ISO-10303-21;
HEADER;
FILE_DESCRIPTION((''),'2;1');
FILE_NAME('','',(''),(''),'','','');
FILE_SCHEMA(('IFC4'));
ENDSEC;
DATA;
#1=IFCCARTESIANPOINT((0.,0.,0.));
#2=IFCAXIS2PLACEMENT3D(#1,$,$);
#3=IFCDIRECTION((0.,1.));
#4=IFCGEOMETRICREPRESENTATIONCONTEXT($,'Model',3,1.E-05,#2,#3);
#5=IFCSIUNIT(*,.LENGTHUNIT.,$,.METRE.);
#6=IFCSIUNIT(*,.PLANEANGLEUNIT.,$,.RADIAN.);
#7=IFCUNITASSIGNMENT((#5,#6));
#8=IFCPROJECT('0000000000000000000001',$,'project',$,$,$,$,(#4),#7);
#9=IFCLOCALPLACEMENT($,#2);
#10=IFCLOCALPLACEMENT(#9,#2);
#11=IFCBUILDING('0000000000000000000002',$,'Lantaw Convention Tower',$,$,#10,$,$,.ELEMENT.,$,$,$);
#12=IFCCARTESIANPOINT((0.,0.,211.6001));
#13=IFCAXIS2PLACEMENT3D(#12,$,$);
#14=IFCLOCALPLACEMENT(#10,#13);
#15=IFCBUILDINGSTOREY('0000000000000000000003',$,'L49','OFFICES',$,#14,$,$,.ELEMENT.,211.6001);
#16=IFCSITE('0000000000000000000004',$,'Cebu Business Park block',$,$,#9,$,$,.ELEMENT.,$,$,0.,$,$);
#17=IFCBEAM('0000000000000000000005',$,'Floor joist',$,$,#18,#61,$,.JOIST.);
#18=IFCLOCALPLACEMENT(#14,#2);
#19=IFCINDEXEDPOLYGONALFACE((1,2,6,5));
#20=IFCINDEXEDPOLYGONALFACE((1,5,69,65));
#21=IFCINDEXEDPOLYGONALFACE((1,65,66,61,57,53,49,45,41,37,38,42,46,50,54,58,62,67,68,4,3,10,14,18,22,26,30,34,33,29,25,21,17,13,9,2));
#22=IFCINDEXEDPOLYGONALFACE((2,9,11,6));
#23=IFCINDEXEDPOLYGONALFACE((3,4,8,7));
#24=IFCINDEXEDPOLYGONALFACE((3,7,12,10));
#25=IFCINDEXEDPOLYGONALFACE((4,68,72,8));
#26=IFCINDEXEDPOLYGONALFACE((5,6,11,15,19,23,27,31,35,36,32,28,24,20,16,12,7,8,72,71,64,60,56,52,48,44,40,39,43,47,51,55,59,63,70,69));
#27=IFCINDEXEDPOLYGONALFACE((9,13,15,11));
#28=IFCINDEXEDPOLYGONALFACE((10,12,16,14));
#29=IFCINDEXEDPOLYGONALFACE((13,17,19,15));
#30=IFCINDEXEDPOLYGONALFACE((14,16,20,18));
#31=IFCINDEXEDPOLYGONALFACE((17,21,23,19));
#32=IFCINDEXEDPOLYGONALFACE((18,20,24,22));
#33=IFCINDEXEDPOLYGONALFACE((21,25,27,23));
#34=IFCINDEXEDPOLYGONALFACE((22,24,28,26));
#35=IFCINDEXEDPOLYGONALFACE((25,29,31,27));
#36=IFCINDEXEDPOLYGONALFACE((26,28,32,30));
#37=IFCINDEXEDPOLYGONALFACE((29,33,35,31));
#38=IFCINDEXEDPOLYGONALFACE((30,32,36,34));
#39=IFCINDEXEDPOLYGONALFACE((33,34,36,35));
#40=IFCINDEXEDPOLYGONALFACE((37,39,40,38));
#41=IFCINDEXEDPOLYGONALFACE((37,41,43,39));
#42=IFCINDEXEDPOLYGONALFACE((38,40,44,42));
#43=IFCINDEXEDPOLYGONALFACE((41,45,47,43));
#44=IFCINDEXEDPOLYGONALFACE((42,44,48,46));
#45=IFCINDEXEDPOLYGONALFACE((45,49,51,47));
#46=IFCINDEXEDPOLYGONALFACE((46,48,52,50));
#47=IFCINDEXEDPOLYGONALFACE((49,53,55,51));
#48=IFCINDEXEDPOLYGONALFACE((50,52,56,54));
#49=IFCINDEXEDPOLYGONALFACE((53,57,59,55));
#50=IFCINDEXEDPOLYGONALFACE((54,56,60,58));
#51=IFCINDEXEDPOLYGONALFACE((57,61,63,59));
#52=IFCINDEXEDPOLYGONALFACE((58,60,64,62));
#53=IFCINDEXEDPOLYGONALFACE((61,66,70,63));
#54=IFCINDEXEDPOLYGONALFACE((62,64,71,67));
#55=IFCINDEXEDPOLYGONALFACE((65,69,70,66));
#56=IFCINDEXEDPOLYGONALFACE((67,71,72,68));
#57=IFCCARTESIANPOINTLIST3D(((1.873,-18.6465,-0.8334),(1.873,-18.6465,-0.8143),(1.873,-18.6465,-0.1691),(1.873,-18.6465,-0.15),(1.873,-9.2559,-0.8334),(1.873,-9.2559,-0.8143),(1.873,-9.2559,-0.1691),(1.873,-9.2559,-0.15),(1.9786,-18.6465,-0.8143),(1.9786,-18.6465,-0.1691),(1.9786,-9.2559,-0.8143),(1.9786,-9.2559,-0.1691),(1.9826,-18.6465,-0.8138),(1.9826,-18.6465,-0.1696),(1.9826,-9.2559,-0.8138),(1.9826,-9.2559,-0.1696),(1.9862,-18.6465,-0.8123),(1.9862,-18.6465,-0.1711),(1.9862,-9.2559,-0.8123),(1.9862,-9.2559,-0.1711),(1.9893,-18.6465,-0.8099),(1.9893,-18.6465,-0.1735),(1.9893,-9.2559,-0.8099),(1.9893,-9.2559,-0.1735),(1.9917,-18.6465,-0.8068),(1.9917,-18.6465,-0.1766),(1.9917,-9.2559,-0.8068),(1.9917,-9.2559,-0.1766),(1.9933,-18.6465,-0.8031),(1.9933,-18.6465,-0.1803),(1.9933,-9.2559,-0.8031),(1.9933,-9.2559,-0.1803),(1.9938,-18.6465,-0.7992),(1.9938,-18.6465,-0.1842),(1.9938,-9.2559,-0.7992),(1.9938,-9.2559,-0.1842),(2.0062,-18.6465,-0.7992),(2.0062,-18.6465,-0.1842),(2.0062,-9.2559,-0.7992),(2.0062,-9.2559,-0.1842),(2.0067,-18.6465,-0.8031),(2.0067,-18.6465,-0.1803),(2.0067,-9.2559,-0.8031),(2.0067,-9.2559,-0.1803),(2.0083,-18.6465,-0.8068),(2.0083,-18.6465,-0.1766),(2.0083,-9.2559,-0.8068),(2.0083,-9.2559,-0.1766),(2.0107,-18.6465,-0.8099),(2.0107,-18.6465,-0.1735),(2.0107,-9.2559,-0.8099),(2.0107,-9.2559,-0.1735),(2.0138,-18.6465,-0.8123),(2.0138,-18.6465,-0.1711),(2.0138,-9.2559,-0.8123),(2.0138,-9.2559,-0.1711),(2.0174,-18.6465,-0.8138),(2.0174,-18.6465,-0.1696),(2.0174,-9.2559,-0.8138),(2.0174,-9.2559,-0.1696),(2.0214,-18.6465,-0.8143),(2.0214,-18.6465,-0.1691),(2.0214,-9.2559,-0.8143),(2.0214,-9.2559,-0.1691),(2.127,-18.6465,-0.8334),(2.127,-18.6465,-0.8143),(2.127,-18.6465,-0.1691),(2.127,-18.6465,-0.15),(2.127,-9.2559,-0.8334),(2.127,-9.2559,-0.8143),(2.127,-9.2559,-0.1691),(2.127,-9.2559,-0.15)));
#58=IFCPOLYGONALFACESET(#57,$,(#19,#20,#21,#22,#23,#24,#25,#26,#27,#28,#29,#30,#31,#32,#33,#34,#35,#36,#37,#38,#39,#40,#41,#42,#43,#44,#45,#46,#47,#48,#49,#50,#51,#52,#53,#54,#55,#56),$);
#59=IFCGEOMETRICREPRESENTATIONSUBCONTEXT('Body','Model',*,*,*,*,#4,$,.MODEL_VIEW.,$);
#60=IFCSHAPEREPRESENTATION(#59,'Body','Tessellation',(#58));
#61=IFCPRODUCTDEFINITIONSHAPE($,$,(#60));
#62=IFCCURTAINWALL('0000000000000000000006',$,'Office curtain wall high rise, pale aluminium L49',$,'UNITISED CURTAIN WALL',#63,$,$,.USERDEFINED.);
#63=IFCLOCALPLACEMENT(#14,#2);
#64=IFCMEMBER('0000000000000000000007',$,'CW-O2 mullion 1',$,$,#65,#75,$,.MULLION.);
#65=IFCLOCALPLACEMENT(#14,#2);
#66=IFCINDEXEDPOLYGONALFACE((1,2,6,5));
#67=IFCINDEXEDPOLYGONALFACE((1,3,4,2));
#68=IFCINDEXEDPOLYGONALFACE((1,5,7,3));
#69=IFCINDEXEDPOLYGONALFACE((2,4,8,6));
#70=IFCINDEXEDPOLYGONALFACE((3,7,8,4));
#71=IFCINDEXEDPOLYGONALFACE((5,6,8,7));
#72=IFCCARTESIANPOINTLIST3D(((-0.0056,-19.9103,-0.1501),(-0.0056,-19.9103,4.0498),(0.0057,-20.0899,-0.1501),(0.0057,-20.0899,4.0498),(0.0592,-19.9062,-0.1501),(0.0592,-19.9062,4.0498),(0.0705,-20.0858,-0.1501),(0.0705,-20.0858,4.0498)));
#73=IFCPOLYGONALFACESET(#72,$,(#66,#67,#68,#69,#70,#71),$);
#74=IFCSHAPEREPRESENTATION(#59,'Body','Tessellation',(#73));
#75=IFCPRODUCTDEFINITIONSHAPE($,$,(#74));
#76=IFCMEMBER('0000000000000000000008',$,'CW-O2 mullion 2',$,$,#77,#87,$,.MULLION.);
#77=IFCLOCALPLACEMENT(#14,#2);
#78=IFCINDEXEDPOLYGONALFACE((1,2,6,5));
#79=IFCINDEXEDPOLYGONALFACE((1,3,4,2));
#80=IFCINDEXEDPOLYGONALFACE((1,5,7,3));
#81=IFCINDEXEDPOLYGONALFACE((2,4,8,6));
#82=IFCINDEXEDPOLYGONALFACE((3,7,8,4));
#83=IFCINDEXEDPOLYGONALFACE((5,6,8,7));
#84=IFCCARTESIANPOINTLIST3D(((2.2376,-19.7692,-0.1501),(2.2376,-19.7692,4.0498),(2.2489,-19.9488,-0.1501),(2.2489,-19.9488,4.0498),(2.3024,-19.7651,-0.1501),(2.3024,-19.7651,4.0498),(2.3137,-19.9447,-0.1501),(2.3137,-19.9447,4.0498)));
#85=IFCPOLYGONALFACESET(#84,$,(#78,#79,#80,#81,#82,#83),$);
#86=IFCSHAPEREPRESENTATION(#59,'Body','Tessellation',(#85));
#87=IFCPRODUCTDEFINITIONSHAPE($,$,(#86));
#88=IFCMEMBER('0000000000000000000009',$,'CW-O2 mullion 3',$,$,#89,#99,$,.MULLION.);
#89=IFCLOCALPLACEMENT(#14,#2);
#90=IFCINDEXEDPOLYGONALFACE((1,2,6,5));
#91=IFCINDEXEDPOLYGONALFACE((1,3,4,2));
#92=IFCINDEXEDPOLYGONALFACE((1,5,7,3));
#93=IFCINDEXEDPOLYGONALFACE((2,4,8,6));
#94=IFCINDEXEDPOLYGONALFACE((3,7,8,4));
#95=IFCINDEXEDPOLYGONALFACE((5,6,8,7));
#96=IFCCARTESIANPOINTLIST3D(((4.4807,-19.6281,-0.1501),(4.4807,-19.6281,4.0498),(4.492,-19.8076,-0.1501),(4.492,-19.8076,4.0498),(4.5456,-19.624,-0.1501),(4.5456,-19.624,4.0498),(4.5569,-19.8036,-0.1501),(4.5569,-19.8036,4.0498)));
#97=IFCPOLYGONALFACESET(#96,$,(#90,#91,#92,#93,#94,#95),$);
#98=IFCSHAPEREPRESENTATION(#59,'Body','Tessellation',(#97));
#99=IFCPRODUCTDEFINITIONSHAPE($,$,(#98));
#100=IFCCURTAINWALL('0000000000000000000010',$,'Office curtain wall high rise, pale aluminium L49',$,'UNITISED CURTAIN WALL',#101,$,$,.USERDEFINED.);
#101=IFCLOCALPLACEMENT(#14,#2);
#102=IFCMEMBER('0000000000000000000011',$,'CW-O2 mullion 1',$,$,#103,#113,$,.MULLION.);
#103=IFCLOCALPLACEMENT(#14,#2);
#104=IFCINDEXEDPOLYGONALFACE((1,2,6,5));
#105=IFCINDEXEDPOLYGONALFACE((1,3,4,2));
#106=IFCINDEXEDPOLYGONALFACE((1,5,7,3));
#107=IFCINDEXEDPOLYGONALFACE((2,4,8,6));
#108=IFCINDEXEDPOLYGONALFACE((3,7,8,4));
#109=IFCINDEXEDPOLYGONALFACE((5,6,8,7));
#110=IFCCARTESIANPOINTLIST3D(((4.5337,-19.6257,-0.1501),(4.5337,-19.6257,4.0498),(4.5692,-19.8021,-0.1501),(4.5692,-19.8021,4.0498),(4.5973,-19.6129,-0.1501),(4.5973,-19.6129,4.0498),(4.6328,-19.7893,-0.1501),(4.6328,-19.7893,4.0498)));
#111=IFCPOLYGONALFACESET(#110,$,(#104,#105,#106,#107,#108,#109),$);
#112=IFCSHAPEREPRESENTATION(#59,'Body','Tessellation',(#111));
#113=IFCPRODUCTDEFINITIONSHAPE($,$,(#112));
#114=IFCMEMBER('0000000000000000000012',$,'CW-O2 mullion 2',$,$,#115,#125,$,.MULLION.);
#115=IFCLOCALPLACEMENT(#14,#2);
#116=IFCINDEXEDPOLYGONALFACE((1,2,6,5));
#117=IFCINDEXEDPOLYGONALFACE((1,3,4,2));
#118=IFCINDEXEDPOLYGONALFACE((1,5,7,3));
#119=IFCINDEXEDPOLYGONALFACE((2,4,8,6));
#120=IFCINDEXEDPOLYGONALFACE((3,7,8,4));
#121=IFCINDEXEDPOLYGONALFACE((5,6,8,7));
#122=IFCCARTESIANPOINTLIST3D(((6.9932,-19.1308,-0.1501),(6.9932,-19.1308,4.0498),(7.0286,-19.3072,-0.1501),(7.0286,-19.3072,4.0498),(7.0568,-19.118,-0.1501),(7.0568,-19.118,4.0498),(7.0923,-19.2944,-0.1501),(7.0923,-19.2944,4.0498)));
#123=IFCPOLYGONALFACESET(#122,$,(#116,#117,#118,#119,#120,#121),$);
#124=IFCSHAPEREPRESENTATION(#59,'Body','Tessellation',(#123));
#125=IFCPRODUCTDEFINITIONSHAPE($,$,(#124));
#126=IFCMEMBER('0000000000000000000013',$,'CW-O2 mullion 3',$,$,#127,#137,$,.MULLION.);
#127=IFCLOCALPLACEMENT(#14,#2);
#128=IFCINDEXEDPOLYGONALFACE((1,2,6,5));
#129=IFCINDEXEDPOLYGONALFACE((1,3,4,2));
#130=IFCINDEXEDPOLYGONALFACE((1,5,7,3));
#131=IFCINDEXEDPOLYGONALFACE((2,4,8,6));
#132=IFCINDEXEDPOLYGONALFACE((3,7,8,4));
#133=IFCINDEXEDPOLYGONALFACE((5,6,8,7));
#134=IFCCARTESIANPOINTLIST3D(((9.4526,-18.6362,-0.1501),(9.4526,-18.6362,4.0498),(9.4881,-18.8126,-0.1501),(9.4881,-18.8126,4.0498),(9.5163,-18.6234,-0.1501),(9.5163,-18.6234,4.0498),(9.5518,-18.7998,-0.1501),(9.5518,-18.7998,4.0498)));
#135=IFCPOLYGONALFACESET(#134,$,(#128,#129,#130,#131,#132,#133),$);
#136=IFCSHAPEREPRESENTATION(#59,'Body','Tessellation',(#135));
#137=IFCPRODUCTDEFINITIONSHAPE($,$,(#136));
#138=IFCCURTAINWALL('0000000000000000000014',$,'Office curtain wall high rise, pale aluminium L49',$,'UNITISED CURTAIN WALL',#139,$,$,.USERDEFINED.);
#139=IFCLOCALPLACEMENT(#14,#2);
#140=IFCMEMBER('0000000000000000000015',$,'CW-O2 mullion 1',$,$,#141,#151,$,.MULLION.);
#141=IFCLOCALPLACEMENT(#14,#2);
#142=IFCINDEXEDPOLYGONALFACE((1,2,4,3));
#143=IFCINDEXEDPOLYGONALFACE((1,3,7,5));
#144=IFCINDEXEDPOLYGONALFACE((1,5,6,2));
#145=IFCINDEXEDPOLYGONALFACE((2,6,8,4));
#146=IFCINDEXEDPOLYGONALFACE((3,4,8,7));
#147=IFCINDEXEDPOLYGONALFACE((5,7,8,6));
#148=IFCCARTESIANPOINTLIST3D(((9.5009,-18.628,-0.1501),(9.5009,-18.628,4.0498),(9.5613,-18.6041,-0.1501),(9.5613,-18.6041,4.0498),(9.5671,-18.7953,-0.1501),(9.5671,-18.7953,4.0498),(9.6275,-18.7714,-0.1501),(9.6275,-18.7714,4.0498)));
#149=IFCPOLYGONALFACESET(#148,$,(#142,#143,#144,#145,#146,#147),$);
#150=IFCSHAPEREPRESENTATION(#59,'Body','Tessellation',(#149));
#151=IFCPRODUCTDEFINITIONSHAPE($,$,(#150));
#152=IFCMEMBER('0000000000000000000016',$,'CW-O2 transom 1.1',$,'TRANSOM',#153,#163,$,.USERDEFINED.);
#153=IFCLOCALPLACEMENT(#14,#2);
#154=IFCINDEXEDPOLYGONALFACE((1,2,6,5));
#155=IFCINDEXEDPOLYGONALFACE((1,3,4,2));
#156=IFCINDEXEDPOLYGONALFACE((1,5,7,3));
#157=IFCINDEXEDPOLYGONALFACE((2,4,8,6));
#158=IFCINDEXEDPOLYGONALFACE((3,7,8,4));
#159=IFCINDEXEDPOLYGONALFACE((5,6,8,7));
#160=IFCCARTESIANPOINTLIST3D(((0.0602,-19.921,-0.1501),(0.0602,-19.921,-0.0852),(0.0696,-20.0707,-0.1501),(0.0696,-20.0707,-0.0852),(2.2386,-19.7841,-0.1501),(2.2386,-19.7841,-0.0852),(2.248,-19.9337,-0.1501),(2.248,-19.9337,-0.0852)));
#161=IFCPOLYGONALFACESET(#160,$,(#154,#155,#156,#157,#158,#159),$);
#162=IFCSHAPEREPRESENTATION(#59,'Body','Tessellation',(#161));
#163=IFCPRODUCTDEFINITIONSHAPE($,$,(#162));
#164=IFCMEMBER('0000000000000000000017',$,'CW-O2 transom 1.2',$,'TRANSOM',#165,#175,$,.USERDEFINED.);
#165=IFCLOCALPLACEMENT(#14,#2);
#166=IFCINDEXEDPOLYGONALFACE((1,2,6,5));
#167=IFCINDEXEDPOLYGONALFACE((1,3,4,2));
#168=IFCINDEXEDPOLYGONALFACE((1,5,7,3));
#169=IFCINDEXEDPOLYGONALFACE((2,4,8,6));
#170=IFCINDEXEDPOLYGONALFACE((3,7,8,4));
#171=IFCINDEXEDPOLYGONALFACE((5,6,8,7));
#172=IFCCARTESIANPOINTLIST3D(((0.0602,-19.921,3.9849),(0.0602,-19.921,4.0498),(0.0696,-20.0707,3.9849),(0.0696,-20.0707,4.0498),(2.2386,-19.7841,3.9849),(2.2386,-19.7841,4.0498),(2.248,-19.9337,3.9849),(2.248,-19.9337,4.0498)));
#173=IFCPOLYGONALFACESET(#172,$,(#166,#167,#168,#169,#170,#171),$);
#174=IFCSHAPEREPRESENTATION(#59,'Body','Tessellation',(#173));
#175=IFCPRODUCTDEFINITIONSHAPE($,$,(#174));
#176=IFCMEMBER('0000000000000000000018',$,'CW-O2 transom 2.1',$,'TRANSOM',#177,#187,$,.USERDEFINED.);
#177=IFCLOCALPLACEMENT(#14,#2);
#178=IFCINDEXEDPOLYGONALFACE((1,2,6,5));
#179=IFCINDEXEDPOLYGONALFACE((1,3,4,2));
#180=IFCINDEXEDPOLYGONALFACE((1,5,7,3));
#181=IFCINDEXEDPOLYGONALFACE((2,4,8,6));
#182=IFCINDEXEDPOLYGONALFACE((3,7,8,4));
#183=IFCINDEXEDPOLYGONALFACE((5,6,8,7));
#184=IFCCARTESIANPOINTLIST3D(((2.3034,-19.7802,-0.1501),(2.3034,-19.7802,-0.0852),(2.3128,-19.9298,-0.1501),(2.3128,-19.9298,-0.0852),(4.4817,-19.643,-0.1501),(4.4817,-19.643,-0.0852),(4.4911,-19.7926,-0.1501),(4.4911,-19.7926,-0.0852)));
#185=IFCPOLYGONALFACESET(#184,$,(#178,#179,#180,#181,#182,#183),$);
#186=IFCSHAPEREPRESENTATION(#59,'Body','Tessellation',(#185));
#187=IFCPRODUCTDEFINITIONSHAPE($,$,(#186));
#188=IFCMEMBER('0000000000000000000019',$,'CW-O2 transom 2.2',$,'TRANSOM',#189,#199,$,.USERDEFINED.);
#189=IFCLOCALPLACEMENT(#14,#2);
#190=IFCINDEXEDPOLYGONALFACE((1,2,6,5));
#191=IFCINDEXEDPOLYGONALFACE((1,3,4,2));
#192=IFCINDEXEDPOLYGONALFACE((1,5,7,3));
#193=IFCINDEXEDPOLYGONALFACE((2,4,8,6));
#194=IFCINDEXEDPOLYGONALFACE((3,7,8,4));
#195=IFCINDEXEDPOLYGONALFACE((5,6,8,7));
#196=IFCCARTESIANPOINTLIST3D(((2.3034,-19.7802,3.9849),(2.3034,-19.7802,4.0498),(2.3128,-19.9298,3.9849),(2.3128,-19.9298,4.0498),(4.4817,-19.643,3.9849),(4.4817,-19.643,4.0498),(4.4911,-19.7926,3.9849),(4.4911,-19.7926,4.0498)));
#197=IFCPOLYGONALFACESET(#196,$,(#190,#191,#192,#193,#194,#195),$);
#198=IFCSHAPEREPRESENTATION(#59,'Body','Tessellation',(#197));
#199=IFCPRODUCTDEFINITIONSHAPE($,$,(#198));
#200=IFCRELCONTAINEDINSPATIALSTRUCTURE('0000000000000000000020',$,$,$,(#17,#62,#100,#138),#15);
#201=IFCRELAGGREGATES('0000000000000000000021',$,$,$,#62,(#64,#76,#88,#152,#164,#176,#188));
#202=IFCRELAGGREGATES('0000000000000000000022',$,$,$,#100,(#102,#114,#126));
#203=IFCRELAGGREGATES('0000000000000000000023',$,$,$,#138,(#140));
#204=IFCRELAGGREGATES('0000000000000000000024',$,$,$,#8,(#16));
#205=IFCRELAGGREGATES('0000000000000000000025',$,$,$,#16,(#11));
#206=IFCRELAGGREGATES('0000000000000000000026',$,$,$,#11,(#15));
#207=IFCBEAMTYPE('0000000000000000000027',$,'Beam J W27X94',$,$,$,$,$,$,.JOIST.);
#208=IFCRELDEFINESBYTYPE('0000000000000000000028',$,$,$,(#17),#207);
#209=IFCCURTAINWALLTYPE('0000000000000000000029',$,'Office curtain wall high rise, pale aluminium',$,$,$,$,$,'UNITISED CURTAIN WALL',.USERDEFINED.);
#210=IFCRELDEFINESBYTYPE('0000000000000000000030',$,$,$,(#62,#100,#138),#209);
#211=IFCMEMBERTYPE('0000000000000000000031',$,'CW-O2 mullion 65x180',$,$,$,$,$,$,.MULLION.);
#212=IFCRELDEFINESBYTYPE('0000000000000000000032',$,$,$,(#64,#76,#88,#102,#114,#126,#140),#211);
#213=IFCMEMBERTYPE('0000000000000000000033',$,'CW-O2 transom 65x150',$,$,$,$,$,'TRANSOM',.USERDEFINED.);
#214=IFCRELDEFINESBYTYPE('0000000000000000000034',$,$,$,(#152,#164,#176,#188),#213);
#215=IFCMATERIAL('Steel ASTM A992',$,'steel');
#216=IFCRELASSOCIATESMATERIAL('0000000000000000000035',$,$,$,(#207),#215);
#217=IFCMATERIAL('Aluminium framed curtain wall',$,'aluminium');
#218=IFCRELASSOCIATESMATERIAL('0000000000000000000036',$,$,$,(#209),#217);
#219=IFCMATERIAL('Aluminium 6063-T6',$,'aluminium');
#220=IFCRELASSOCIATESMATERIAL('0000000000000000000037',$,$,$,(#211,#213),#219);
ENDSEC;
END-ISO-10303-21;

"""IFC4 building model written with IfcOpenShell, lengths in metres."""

from ifc_helpers import new_model, si_unit, direction, frame, origin, origin_2d, place, context, subcontext, project, spatial, rectangle, i_section, extrude, material, material_profile, profile_set, type_object, element, aggregate, save


model = new_model("IFC4")

# Units and contexts
model_context = context("Model", 3, precision=1e-05, world=origin(), true_north=direction((0.0, 1.0)))
body_context = subcontext(model_context, "Body", "Model", "MODEL_VIEW")
ifc_project = project(units=[si_unit("LENGTHUNIT", "METRE"), si_unit("PLANEANGLEUNIT", "RADIAN")], contexts=[model_context])

# Site, building, storey
site_placement = place(None, origin())
site = spatial("IfcSite", under=ifc_project, at=site_placement, Name="Cebu Business Park block", CompositionType="ELEMENT", RefElevation=0.0)
building_placement = place(site_placement, origin())
building = spatial("IfcBuilding", under=site, at=building_placement, Name="Lantaw Convention Tower", CompositionType="ELEMENT")
storey_placement = place(building_placement, frame((0.0, 0.0, 211.6001)))
storey = spatial("IfcBuildingStorey", under=building, at=storey_placement, Name="L49", Description="OFFICES", CompositionType="ELEMENT", Elevation=211.6001)

# Beam
ifc_material_1 = material(Name="Steel ASTM A992", Category="steel")
ifc_material_profile_1 = material_profile(ifc_material_1, i_section(OverallWidth=0.2539, OverallDepth=0.6833, WebThickness=0.0125, FlangeThickness=0.019, FilletRadius=0.0151, at=origin_2d()), Name="W27X94")
ifc_profile_set_1 = profile_set([ifc_material_profile_1], Name="Steel ASTM A992")
beam_type_1 = type_object("IfcBeamType", Name="Beam J W27X94", PredefinedType="JOIST", material=ifc_profile_set_1)
beam_1_placement = place(storey_placement, frame((2.0, -18.6465, -0.4917), z_axis=(0.0, 1.0, 0.0), x_axis=(-1.0, 0.0, 0.0)))
element("IfcBeam", 1, at=beam_1_placement, inside=storey, type_object=beam_type_1, Name="Floor joist", PredefinedType="JOIST", context=body_context, shape_type="SweptSolid", body=[
    extrude(i_section(OverallWidth=0.2539, OverallDepth=0.6833, WebThickness=0.0125, FlangeThickness=0.019, FilletRadius=0.0151, at=origin_2d()), origin(), (0.0, 0.0, 1.0), 9.3906),
])

# Curtain walls, members
ifc_material_2 = material(Name="Aluminium framed curtain wall", Category="aluminium")
curtain_wall_type = type_object("IfcCurtainWallType", Name="Office curtain wall high rise, pale aluminium", ElementType="UNITISED CURTAIN WALL", PredefinedType="USERDEFINED", material=ifc_material_2)
curtain_wall_1_placement = place(storey_placement, origin())
curtain_wall_1 = element("IfcCurtainWall", 2, at=curtain_wall_1_placement, inside=storey, type_object=curtain_wall_type, Name="Office curtain wall high rise, pale aluminium L49", ObjectType="UNITISED CURTAIN WALL", PredefinedType="USERDEFINED")
ifc_material_3 = material(Name="Aluminium 6063-T6", Category="aluminium")
ifc_material_profile_2 = material_profile(ifc_material_3, rectangle(XDim=0.1799, YDim=0.0649, at=origin_2d()), Name="CW-O2 mullion 65x180")
ifc_profile_set_2 = profile_set([ifc_material_profile_2], Name="Aluminium 6063-T6")
member_type_1 = type_object("IfcMemberType", Name="CW-O2 mullion 65x180", PredefinedType="MULLION", material=ifc_profile_set_2)
member_1_placement = place(storey_placement, frame((0.0325, -19.998, -0.1501), z_axis=(0.0, 0.0, 1.0), x_axis=(-0.062758, 0.998029, 0.0)))
member_1 = element("IfcMember", 3, at=member_1_placement, type_object=member_type_1, Name="CW-O2 mullion 1", PredefinedType="MULLION", context=body_context, shape_type="SweptSolid", body=[
    extrude(rectangle(XDim=0.1799, YDim=0.0649, at=origin_2d()), origin(), (0.0, 0.0, 1.0), 4.2),
])
member_2_placement = place(storey_placement, frame((2.2756, -19.8569, -0.1501), z_axis=(0.0, 0.0, 1.0), x_axis=(-0.062758, 0.998029, 0.0)))
member_2 = element("IfcMember", 4, at=member_2_placement, type_object=member_type_1, Name="CW-O2 mullion 2", PredefinedType="MULLION", context=body_context, shape_type="SweptSolid", body=[
    extrude(rectangle(XDim=0.1799, YDim=0.0649, at=origin_2d()), origin(), (0.0, 0.0, 1.0), 4.2),
])
member_3_placement = place(storey_placement, frame((4.5188, -19.7158, -0.1501), z_axis=(0.0, 0.0, 1.0), x_axis=(-0.062758, 0.998029, 0.0)))
member_3 = element("IfcMember", 5, at=member_3_placement, type_object=member_type_1, Name="CW-O2 mullion 3", PredefinedType="MULLION", context=body_context, shape_type="SweptSolid", body=[
    extrude(rectangle(XDim=0.1799, YDim=0.0649, at=origin_2d()), origin(), (0.0, 0.0, 1.0), 4.2),
])
curtain_wall_2_placement = place(storey_placement, origin())
curtain_wall_2 = element("IfcCurtainWall", 6, at=curtain_wall_2_placement, inside=storey, type_object=curtain_wall_type, Name="Office curtain wall high rise, pale aluminium L49", ObjectType="UNITISED CURTAIN WALL", PredefinedType="USERDEFINED")
member_4_placement = place(storey_placement, frame((4.5833, -19.7075, -0.1501), z_axis=(0.0, 0.0, 1.0), x_axis=(-0.197183, 0.980367, 0.0)))
member_4 = element("IfcMember", 7, at=member_4_placement, type_object=member_type_1, Name="CW-O2 mullion 1", PredefinedType="MULLION", context=body_context, shape_type="SweptSolid", body=[
    extrude(rectangle(XDim=0.1799, YDim=0.0649, at=origin_2d()), origin(), (0.0, 0.0, 1.0), 4.2),
])
member_5_placement = place(storey_placement, frame((7.0427, -19.2126, -0.1501), z_axis=(0.0, 0.0, 1.0), x_axis=(-0.197183, 0.980367, 0.0)))
member_5 = element("IfcMember", 8, at=member_5_placement, type_object=member_type_1, Name="CW-O2 mullion 2", PredefinedType="MULLION", context=body_context, shape_type="SweptSolid", body=[
    extrude(rectangle(XDim=0.1799, YDim=0.0649, at=origin_2d()), origin(), (0.0, 0.0, 1.0), 4.2),
])
member_6_placement = place(storey_placement, frame((9.5022, -18.718, -0.1501), z_axis=(0.0, 0.0, 1.0), x_axis=(-0.197183, 0.980367, 0.0)))
member_6 = element("IfcMember", 9, at=member_6_placement, type_object=member_type_1, Name="CW-O2 mullion 3", PredefinedType="MULLION", context=body_context, shape_type="SweptSolid", body=[
    extrude(rectangle(XDim=0.1799, YDim=0.0649, at=origin_2d()), origin(), (0.0, 0.0, 1.0), 4.2),
])

# Curtain wall, member
curtain_wall_3_placement = place(storey_placement, origin())
curtain_wall_3 = element("IfcCurtainWall", 10, at=curtain_wall_3_placement, inside=storey, type_object=curtain_wall_type, Name="Office curtain wall high rise, pale aluminium L49", ObjectType="UNITISED CURTAIN WALL", PredefinedType="USERDEFINED")
member_7_placement = place(storey_placement, frame((9.5642, -18.6997, -0.1501), z_axis=(0.0, 0.0, 1.0), x_axis=(-0.368162, 0.929762, 0.0)))
member_7 = element("IfcMember", 11, at=member_7_placement, type_object=member_type_1, Name="CW-O2 mullion 1", PredefinedType="MULLION", context=body_context, shape_type="SweptSolid", body=[
    extrude(rectangle(XDim=0.1799, YDim=0.0649, at=origin_2d()), origin(), (0.0, 0.0, 1.0), 4.2),
])

# Members
ifc_material_profile_3 = material_profile(ifc_material_3, rectangle(XDim=0.1499, YDim=0.0649, at=origin_2d()), Name="CW-O2 transom 65x150")
ifc_profile_set_3 = profile_set([ifc_material_profile_3], Name="Aluminium 6063-T6")
member_type_2 = type_object("IfcMemberType", Name="CW-O2 transom 65x150", ElementType="TRANSOM", PredefinedType="USERDEFINED", material=ifc_profile_set_3)
member_8_placement = place(storey_placement, frame((0.0649, -19.9958, -0.1177), z_axis=(0.998029, 0.062754, 0.0), x_axis=(-0.062754, 0.998029, 0.0)))
member_8 = element("IfcMember", 12, at=member_8_placement, type_object=member_type_2, Name="CW-O2 transom 1.1", ObjectType="TRANSOM", PredefinedType="USERDEFINED", context=body_context, shape_type="SweptSolid", body=[
    extrude(rectangle(XDim=0.1499, YDim=0.0649, at=origin_2d()), origin(), (0.0, 0.0, 1.0), 2.1826),
])
member_9_placement = place(storey_placement, frame((0.0649, -19.9958, 4.0173), z_axis=(0.998029, 0.062754, 0.0), x_axis=(-0.062754, 0.998029, 0.0)))
member_9 = element("IfcMember", 13, at=member_9_placement, type_object=member_type_2, Name="CW-O2 transom 1.2", ObjectType="TRANSOM", PredefinedType="USERDEFINED", context=body_context, shape_type="SweptSolid", body=[
    extrude(rectangle(XDim=0.1499, YDim=0.0649, at=origin_2d()), origin(), (0.0, 0.0, 1.0), 2.1826),
])
member_10_placement = place(storey_placement, frame((2.3081, -19.855, -0.1177), z_axis=(0.998022, 0.062866, 0.0), x_axis=(-0.062866, 0.998022, 0.0)))
member_10 = element("IfcMember", 14, at=member_10_placement, type_object=member_type_2, Name="CW-O2 transom 2.1", ObjectType="TRANSOM", PredefinedType="USERDEFINED", context=body_context, shape_type="SweptSolid", body=[
    extrude(rectangle(XDim=0.1499, YDim=0.0649, at=origin_2d()), origin(), (0.0, 0.0, 1.0), 2.1826),
])
member_11_placement = place(storey_placement, frame((2.3081, -19.855, 4.0173), z_axis=(0.998022, 0.062866, 0.0), x_axis=(-0.062866, 0.998022, 0.0)))
member_11 = element("IfcMember", 15, at=member_11_placement, type_object=member_type_2, Name="CW-O2 transom 2.2", ObjectType="TRANSOM", PredefinedType="USERDEFINED", context=body_context, shape_type="SweptSolid", body=[
    extrude(rectangle(XDim=0.1499, YDim=0.0649, at=origin_2d()), origin(), (0.0, 0.0, 1.0), 2.1826),
])

aggregate(curtain_wall_1, [member_1, member_2, member_3, member_8, member_9, member_10, member_11])
aggregate(curtain_wall_2, [member_4, member_5, member_6])
aggregate(curtain_wall_3, [member_7])

save(model, "model.ifc")
